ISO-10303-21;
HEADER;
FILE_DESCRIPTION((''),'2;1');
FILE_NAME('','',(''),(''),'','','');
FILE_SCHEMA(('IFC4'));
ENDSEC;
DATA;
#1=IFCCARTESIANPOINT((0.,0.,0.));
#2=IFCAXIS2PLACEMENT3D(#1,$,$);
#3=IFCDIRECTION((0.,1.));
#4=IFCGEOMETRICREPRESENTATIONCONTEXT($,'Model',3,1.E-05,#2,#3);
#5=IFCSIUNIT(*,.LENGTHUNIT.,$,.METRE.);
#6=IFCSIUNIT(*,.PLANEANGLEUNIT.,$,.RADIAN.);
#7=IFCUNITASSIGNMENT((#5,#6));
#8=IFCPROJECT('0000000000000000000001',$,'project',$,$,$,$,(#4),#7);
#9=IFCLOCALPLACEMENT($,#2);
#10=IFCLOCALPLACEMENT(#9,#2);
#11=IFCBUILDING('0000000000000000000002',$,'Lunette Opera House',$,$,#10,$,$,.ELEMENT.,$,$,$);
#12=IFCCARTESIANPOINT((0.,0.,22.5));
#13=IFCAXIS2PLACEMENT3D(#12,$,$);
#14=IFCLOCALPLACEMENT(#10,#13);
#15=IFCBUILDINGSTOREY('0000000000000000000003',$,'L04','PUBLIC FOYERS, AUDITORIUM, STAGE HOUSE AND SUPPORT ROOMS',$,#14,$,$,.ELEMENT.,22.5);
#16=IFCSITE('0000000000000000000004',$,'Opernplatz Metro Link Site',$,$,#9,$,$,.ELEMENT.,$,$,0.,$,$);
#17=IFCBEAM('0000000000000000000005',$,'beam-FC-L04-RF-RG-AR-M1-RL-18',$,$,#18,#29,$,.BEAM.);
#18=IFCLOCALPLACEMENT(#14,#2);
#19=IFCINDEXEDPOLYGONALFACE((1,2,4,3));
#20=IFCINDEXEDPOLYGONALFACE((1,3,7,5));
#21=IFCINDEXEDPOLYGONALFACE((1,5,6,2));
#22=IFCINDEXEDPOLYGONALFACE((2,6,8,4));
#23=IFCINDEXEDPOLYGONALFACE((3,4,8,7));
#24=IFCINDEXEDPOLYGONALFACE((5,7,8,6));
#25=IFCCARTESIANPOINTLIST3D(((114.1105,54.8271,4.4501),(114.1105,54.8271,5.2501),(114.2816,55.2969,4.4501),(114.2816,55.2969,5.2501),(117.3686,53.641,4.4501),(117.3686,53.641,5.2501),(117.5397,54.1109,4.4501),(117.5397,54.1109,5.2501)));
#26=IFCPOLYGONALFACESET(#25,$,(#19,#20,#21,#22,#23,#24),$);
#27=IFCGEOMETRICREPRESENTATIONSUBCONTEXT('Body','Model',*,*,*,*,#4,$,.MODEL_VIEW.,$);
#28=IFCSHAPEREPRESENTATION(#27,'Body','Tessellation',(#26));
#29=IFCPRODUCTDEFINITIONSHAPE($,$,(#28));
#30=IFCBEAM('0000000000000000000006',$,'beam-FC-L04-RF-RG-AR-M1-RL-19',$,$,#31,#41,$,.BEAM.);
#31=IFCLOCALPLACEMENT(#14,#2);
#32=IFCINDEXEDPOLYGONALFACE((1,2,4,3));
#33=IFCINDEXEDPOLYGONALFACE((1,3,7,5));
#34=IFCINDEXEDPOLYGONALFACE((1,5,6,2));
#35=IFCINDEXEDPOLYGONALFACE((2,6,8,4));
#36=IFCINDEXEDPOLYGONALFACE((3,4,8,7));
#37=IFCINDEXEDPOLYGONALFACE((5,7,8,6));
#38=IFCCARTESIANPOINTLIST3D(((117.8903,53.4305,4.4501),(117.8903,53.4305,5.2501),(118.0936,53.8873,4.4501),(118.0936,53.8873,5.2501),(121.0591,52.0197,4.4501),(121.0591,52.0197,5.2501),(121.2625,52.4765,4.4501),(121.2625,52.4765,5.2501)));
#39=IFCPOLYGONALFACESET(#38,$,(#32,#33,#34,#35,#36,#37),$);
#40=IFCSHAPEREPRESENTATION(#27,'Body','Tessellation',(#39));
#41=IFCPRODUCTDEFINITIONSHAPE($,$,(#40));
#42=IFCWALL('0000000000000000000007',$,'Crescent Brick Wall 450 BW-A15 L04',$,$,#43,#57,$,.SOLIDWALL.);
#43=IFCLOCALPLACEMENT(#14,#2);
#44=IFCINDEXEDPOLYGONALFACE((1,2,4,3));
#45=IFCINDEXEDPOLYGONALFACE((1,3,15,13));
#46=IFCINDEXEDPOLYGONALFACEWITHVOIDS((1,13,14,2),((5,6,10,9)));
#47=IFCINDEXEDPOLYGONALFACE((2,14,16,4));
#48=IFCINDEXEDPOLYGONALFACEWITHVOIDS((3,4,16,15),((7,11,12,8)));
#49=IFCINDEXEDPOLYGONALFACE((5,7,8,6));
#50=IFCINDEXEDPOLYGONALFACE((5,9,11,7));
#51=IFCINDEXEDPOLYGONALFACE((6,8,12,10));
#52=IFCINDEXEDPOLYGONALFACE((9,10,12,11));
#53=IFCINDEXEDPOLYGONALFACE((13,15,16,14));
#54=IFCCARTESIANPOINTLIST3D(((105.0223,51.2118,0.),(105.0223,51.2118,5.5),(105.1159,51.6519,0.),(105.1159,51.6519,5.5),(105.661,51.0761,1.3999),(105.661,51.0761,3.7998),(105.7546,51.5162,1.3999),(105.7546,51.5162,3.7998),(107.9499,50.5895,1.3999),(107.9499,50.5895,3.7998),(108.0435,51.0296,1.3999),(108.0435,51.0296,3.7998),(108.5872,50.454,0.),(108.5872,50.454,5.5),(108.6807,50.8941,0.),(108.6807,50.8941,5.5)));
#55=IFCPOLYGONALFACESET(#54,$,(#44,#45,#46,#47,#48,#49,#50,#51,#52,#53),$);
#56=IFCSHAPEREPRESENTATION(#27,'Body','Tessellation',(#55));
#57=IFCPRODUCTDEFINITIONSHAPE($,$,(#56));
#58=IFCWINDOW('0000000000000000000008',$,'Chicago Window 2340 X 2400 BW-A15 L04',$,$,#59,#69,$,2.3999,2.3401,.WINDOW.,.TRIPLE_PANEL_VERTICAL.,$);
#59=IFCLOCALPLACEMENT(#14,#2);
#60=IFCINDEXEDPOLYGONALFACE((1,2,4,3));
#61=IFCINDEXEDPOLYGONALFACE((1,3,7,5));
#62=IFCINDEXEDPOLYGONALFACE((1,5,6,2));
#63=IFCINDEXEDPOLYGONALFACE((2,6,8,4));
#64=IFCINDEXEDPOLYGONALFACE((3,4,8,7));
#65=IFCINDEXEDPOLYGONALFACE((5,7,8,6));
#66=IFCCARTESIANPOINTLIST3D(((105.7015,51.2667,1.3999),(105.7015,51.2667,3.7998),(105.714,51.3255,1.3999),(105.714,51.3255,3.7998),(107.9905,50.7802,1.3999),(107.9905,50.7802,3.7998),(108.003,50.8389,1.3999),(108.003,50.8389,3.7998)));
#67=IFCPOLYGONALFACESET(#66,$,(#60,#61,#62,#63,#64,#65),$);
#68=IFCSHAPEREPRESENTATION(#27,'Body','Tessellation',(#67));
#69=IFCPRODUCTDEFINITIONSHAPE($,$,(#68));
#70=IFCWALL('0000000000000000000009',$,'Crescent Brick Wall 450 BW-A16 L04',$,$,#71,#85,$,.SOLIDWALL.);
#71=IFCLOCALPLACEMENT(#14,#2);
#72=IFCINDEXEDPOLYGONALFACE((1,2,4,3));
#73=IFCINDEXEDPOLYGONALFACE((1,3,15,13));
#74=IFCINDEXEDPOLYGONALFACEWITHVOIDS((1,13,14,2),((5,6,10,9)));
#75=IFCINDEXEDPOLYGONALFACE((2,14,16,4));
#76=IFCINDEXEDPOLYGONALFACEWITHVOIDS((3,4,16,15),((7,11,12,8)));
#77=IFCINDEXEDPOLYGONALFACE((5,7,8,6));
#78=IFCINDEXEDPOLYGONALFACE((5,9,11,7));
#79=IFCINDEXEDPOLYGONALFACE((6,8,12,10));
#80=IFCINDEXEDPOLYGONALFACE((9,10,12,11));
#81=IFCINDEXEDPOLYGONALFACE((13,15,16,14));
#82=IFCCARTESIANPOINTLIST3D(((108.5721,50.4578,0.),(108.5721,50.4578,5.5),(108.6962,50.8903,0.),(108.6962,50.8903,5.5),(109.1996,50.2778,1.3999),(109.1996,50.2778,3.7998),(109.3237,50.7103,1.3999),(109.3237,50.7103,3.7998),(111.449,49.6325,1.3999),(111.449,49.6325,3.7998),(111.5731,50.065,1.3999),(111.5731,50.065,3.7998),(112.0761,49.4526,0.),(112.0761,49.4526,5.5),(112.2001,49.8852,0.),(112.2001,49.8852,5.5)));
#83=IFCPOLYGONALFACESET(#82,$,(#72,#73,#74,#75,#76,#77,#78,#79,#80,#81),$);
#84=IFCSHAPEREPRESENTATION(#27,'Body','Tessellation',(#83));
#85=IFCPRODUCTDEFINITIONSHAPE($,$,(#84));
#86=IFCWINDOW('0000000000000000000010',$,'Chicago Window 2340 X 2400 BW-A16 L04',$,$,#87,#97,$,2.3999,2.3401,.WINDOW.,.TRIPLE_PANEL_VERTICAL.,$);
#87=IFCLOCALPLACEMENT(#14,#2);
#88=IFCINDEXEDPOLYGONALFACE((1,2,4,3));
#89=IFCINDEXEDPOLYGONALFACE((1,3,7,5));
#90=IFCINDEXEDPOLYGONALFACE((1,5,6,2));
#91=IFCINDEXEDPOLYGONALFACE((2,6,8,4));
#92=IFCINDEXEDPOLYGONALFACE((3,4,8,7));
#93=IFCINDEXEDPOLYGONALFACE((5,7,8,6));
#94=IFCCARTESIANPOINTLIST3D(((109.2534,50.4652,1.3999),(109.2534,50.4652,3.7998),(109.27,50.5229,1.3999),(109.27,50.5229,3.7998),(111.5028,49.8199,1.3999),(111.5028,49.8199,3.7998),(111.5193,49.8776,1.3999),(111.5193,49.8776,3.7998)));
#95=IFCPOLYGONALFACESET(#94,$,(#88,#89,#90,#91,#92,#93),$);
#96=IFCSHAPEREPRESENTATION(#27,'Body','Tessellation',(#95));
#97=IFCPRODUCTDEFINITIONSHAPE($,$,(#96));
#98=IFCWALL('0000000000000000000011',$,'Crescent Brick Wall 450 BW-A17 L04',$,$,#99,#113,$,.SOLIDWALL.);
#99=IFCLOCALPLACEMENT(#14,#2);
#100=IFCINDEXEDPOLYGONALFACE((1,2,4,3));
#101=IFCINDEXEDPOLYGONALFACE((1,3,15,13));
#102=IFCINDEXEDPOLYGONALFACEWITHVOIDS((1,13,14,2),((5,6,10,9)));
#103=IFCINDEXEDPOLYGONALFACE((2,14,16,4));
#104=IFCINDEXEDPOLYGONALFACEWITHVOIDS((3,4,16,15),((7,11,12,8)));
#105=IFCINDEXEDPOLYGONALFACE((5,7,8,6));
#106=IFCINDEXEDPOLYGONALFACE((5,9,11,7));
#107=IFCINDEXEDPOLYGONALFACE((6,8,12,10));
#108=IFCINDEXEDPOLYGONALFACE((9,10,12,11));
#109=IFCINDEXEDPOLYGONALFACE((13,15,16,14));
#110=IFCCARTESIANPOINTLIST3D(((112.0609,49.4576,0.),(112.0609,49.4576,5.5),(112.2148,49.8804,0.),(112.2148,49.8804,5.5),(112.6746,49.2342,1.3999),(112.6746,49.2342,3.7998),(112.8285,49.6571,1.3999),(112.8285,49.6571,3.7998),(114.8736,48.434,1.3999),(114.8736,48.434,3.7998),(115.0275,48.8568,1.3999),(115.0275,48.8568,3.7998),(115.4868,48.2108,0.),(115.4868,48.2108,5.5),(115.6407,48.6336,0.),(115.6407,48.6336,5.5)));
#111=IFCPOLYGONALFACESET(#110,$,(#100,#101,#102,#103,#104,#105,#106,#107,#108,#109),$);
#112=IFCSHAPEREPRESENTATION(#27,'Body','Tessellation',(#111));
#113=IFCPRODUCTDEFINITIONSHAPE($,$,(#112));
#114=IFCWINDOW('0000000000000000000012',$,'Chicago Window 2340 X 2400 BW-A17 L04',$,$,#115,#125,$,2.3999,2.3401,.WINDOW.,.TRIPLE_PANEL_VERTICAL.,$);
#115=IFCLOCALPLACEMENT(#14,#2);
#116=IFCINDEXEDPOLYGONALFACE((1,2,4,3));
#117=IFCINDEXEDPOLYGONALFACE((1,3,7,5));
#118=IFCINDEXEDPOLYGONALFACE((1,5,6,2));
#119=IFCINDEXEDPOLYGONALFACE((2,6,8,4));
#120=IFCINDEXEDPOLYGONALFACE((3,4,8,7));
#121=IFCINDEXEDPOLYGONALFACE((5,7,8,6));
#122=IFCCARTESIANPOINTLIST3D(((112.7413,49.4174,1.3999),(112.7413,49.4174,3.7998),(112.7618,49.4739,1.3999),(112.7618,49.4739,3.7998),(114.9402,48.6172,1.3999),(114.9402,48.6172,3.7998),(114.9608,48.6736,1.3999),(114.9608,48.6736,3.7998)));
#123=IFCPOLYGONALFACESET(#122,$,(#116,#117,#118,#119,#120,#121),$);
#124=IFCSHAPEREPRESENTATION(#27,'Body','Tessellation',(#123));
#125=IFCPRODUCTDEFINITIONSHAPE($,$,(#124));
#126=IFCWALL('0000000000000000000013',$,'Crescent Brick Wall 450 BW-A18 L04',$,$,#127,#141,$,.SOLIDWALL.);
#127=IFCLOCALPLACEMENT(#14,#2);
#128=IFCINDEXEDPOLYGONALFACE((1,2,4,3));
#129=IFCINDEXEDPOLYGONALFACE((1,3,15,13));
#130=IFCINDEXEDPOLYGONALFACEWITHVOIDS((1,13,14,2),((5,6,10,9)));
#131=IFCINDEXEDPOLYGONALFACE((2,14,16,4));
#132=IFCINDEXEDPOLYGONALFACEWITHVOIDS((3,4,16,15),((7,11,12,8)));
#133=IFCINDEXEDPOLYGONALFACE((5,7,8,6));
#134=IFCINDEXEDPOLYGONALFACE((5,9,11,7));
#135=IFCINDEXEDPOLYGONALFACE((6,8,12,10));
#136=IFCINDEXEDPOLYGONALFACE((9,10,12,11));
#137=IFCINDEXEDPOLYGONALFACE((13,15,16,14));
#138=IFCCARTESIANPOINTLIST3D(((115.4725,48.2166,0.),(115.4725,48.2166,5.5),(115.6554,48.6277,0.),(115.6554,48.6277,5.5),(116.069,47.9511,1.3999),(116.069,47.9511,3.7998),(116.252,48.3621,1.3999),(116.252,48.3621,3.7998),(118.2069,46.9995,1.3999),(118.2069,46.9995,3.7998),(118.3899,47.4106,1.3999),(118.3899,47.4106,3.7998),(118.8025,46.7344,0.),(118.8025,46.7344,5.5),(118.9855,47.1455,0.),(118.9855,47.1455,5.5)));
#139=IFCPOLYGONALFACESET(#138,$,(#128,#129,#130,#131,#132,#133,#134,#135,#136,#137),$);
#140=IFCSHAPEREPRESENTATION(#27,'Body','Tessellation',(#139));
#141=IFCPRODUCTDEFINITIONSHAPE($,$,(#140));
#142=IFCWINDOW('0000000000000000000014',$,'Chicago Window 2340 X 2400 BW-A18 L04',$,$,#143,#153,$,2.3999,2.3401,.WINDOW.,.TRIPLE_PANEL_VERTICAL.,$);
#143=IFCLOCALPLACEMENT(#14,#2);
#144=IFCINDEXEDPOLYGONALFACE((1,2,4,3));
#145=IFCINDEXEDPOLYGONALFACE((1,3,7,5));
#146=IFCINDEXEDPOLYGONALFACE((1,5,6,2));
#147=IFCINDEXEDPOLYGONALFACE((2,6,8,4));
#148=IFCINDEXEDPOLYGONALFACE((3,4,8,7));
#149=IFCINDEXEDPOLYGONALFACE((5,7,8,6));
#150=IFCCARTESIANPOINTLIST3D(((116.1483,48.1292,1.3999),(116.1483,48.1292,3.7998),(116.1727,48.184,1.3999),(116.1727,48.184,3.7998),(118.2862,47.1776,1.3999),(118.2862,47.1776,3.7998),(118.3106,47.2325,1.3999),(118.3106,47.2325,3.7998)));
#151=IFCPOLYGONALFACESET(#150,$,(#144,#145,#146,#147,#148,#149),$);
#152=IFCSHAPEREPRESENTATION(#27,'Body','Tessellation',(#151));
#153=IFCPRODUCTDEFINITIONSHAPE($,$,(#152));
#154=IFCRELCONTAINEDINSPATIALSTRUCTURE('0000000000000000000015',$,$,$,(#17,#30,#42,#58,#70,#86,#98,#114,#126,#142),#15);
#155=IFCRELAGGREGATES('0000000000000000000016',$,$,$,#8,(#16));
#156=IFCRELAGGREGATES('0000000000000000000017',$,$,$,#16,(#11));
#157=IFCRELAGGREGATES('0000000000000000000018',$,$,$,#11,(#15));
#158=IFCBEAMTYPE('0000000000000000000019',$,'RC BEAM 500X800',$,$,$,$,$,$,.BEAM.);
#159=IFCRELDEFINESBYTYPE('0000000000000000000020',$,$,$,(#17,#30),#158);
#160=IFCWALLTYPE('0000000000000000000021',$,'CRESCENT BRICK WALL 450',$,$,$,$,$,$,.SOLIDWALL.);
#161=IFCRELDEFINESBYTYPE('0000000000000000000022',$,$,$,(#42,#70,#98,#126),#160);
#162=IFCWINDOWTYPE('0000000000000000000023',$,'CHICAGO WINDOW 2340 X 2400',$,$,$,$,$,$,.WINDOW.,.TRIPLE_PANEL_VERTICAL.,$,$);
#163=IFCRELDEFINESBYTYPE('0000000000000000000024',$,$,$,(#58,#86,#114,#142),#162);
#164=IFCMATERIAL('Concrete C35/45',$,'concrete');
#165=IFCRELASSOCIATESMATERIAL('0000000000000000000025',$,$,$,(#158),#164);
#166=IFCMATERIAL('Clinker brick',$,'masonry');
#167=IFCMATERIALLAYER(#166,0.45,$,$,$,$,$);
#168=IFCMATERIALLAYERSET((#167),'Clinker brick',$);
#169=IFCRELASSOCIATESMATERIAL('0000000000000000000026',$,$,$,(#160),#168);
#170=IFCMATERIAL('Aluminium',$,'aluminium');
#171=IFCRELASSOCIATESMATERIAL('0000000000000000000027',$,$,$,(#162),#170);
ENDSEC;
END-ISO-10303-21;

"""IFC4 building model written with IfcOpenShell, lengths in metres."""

from ifc_helpers import new_model, si_unit, direction, frame, frame_2d, origin, origin_2d, place, context, subcontext, project, spatial, rectangle, extrude, material, layer, layer_set, material_profile, profile_set, type_object, element, fill, save


model = new_model("IFC4")

# Units and contexts
model_context = context("Model", 3, precision=1e-05, world=origin(), true_north=direction((0.0, 1.0)))
body_context = subcontext(model_context, "Body", "Model", "MODEL_VIEW")
ifc_project = project(units=[si_unit("LENGTHUNIT", "METRE"), si_unit("PLANEANGLEUNIT", "RADIAN")], contexts=[model_context])

# Site, building, storey
site_placement = place(None, origin())
site = spatial("IfcSite", under=ifc_project, at=site_placement, Name="Opernplatz Metro Link Site", CompositionType="ELEMENT", RefElevation=0.0)
building_placement = place(site_placement, origin())
building = spatial("IfcBuilding", under=site, at=building_placement, Name="Lunette Opera House", CompositionType="ELEMENT")
storey_placement = place(building_placement, frame((0.0, 0.0, 22.5)))
storey = spatial("IfcBuildingStorey", under=building, at=storey_placement, Name="L04", Description="PUBLIC FOYERS, AUDITORIUM, STAGE HOUSE AND SUPPORT ROOMS", CompositionType="ELEMENT", Elevation=22.5)

# Beams
ifc_material_1 = material(Name="Concrete C35/45", Category="concrete")
ifc_material_profile_1 = material_profile(ifc_material_1, rectangle(XDim=0.5, YDim=0.8, at=origin_2d()), Name="RC BEAM 500X800")
ifc_profile_set_1 = profile_set([ifc_material_profile_1], Name="Concrete C35/45")
beam_type_1 = type_object("IfcBeamType", Name="RC BEAM 500X800", PredefinedType="BEAM", material=ifc_profile_set_1)
beam_1_placement = place(storey_placement, frame((114.196, 55.062, 4.8501), z_axis=(0.939674, -0.342071, 0.0), x_axis=(0.342071, 0.939674, 0.0)))
element("IfcBeam", 1, at=beam_1_placement, inside=storey, type_object=beam_type_1, Name="beam-FC-L04-RF-RG-AR-M1-RL-18", PredefinedType="BEAM", context=body_context, shape_type="SweptSolid", body=[
    extrude(rectangle(XDim=0.5, YDim=0.8, at=origin_2d()), origin(), (0.0, 0.0, 1.0), 3.4673),
])
beam_2_placement = place(storey_placement, frame((117.9919, 53.6589, 4.8501), z_axis=(0.913547, -0.406733, 0.0), x_axis=(0.406733, 0.913547, 0.0)))
element("IfcBeam", 2, at=beam_2_placement, inside=storey, type_object=beam_type_1, Name="beam-FC-L04-RF-RG-AR-M1-RL-19", PredefinedType="BEAM", context=body_context, shape_type="SweptSolid", body=[
    extrude(rectangle(XDim=0.5, YDim=0.8, at=origin_2d()), origin(), (0.0, 0.0, 1.0), 3.4688),
])

# Walls, openings, windows
ifc_material_2 = material(Name="Clinker brick", Category="masonry")
ifc_layer = layer(ifc_material_2, 0.45)
ifc_layer_set = layer_set([ifc_layer], Name="Clinker brick")
wall_type = type_object("IfcWallType", Name="CRESCENT BRICK WALL 450", PredefinedType="SOLIDWALL", material=ifc_layer_set)
wall_1_placement = place(storey_placement, frame((105.0691, 51.4319, 0.0), z_axis=(0.0, 0.0, 1.0), x_axis=(0.978144, -0.207928, 0.0)))
wall_1 = element("IfcWall", 3, at=wall_1_placement, inside=storey, type_object=wall_type, Name="Crescent Brick Wall 450 BW-A15 L04", PredefinedType="SOLIDWALL", context=body_context, shape_type="SweptSolid", body=[
    extrude(rectangle(XDim=3.6445, YDim=0.45, at=frame_2d((1.8223, 0.0))), origin(), (0.0, 0.0, 1.0), 5.5),
])
opening_1_placement = place(wall_1_placement, frame((0.6531, 0.0, 1.3999)))
opening_1 = element("IfcOpeningElement", 4, at=opening_1_placement, cuts=wall_1, PredefinedType="OPENING", context=body_context, shape_type="SweptSolid", body=[
    extrude(rectangle(XDim=2.3401, YDim=2.3999, at=frame_2d((1.1699, 1.2))), frame((0.0, 0.2371, 0.0), z_axis=(0.0, -1.0, 0.0), x_axis=(1.0, 0.0, 0.0)), (0.0, 0.0, 1.0), 0.4739),
])
ifc_material_3 = material(Name="Aluminium", Category="aluminium")
window_type = type_object("IfcWindowType", Name="CHICAGO WINDOW 2340 X 2400", PartitioningType="TRIPLE_PANEL_VERTICAL", PredefinedType="WINDOW", material=ifc_material_3)
window_1_placement = place(opening_1_placement, origin())
window_1 = element("IfcWindow", 5, at=window_1_placement, inside=storey, type_object=window_type, Name="Chicago Window 2340 X 2400 BW-A15 L04", OverallHeight=2.3999, OverallWidth=2.3401, PartitioningType="TRIPLE_PANEL_VERTICAL", PredefinedType="WINDOW", context=body_context, shape_type="SweptSolid", body=[
    extrude(rectangle(XDim=2.3401, YDim=2.3999, at=frame_2d((1.1699, 1.2))), frame((0.0, 0.03, 0.0), z_axis=(0.0, -1.0, 0.0), x_axis=(1.0, 0.0, 0.0)), (0.0, 0.0, 1.0), 0.0601),
])
fill(opening_1, window_1)
wall_2_placement = place(storey_placement, frame((108.634, 50.6741, 0.0), z_axis=(0.0, 0.0, 1.0), x_axis=(0.961233, -0.275738, 0.0)))
wall_2 = element("IfcWall", 6, at=wall_2_placement, inside=storey, type_object=wall_type, Name="Crescent Brick Wall 450 BW-A16 L04", PredefinedType="SOLIDWALL", context=body_context, shape_type="SweptSolid", body=[
    extrude(rectangle(XDim=3.6453, YDim=0.45, at=frame_2d((1.8228, 0.0))), origin(), (0.0, 0.0, 1.0), 5.5),
])
opening_2_placement = place(wall_2_placement, frame((0.6531, 0.0, 1.3999)))
opening_2 = element("IfcOpeningElement", 7, at=opening_2_placement, cuts=wall_2, PredefinedType="OPENING", context=body_context, shape_type="SweptSolid", body=[
    extrude(rectangle(XDim=2.3401, YDim=2.3999, at=frame_2d((1.1699, 1.2))), frame((0.0, 0.2371, 0.0), z_axis=(0.0, -1.0, 0.0), x_axis=(1.0, 0.0, 0.0)), (0.0, 0.0, 1.0), 0.4739),
])
window_2_placement = place(opening_2_placement, origin())
window_2 = element("IfcWindow", 8, at=window_2_placement, inside=storey, type_object=window_type, Name="Chicago Window 2340 X 2400 BW-A16 L04", OverallHeight=2.3999, OverallWidth=2.3401, PartitioningType="TRIPLE_PANEL_VERTICAL", PredefinedType="WINDOW", context=body_context, shape_type="SweptSolid", body=[
    extrude(rectangle(XDim=2.3401, YDim=2.3999, at=frame_2d((1.1699, 1.2))), frame((0.0, 0.03, 0.0), z_axis=(0.0, -1.0, 0.0), x_axis=(1.0, 0.0, 0.0)), (0.0, 0.0, 1.0), 0.0601),
])
fill(opening_2, window_2)
wall_3_placement = place(storey_placement, frame((112.1379, 49.6689, 0.0), z_axis=(0.0, 0.0, 1.0), x_axis=(0.939705, -0.341985, 0.0)))
wall_3 = element("IfcWall", 9, at=wall_3_placement, inside=storey, type_object=wall_type, Name="Crescent Brick Wall 450 BW-A17 L04", PredefinedType="SOLIDWALL", context=body_context, shape_type="SweptSolid", body=[
    extrude(rectangle(XDim=3.6458, YDim=0.45, at=frame_2d((1.8228, 0.0))), origin(), (0.0, 0.0, 1.0), 5.5),
])
opening_3_placement = place(wall_3_placement, frame((0.6531, 0.0, 1.3999)))
opening_3 = element("IfcOpeningElement", 10, at=opening_3_placement, cuts=wall_3, PredefinedType="OPENING", context=body_context, shape_type="SweptSolid", body=[
    extrude(rectangle(XDim=2.3401, YDim=2.3999, at=frame_2d((1.1699, 1.2))), frame((0.0, 0.2371, 0.0), z_axis=(0.0, -1.0, 0.0), x_axis=(1.0, 0.0, 0.0)), (0.0, 0.0, 1.0), 0.4739),
])
window_3_placement = place(opening_3_placement, origin())
window_3 = element("IfcWindow", 11, at=window_3_placement, inside=storey, type_object=window_type, Name="Chicago Window 2340 X 2400 BW-A17 L04", OverallHeight=2.3999, OverallWidth=2.3401, PartitioningType="TRIPLE_PANEL_VERTICAL", PredefinedType="WINDOW", context=body_context, shape_type="SweptSolid", body=[
    extrude(rectangle(XDim=2.3401, YDim=2.3999, at=frame_2d((1.1699, 1.2))), frame((0.0, 0.03, 0.0), z_axis=(0.0, -1.0, 0.0), x_axis=(1.0, 0.0, 0.0)), (0.0, 0.0, 1.0), 0.0601),
])
fill(opening_3, window_3)
wall_4_placement = place(storey_placement, frame((115.564, 48.4221, 0.0), z_axis=(0.0, 0.0, 1.0), x_axis=(0.913593, -0.406629, 0.0)))
wall_4 = element("IfcWall", 12, at=wall_4_placement, inside=storey, type_object=wall_type, Name="Crescent Brick Wall 450 BW-A18 L04", PredefinedType="SOLIDWALL", context=body_context, shape_type="SweptSolid", body=[
    extrude(rectangle(XDim=3.645, YDim=0.45, at=frame_2d((1.8225, 0.0))), origin(), (0.0, 0.0, 1.0), 5.5),
])
opening_4_placement = place(wall_4_placement, frame((0.6531, 0.0, 1.3999)))
opening_4 = element("IfcOpeningElement", 13, at=opening_4_placement, cuts=wall_4, PredefinedType="OPENING", context=body_context, shape_type="SweptSolid", body=[
    extrude(rectangle(XDim=2.3401, YDim=2.3999, at=frame_2d((1.1699, 1.2))), frame((0.0, 0.2371, 0.0), z_axis=(0.0, -1.0, 0.0), x_axis=(1.0, 0.0, 0.0)), (0.0, 0.0, 1.0), 0.4739),
])
window_4_placement = place(opening_4_placement, origin())
window_4 = element("IfcWindow", 14, at=window_4_placement, inside=storey, type_object=window_type, Name="Chicago Window 2340 X 2400 BW-A18 L04", OverallHeight=2.3999, OverallWidth=2.3401, PartitioningType="TRIPLE_PANEL_VERTICAL", PredefinedType="WINDOW", context=body_context, shape_type="SweptSolid", body=[
    extrude(rectangle(XDim=2.3401, YDim=2.3999, at=frame_2d((1.1699, 1.2))), frame((0.0, 0.03, 0.0), z_axis=(0.0, -1.0, 0.0), x_axis=(1.0, 0.0, 0.0)), (0.0, 0.0, 1.0), 0.0601),
])
fill(opening_4, window_4)

save(model, "model.ifc")
